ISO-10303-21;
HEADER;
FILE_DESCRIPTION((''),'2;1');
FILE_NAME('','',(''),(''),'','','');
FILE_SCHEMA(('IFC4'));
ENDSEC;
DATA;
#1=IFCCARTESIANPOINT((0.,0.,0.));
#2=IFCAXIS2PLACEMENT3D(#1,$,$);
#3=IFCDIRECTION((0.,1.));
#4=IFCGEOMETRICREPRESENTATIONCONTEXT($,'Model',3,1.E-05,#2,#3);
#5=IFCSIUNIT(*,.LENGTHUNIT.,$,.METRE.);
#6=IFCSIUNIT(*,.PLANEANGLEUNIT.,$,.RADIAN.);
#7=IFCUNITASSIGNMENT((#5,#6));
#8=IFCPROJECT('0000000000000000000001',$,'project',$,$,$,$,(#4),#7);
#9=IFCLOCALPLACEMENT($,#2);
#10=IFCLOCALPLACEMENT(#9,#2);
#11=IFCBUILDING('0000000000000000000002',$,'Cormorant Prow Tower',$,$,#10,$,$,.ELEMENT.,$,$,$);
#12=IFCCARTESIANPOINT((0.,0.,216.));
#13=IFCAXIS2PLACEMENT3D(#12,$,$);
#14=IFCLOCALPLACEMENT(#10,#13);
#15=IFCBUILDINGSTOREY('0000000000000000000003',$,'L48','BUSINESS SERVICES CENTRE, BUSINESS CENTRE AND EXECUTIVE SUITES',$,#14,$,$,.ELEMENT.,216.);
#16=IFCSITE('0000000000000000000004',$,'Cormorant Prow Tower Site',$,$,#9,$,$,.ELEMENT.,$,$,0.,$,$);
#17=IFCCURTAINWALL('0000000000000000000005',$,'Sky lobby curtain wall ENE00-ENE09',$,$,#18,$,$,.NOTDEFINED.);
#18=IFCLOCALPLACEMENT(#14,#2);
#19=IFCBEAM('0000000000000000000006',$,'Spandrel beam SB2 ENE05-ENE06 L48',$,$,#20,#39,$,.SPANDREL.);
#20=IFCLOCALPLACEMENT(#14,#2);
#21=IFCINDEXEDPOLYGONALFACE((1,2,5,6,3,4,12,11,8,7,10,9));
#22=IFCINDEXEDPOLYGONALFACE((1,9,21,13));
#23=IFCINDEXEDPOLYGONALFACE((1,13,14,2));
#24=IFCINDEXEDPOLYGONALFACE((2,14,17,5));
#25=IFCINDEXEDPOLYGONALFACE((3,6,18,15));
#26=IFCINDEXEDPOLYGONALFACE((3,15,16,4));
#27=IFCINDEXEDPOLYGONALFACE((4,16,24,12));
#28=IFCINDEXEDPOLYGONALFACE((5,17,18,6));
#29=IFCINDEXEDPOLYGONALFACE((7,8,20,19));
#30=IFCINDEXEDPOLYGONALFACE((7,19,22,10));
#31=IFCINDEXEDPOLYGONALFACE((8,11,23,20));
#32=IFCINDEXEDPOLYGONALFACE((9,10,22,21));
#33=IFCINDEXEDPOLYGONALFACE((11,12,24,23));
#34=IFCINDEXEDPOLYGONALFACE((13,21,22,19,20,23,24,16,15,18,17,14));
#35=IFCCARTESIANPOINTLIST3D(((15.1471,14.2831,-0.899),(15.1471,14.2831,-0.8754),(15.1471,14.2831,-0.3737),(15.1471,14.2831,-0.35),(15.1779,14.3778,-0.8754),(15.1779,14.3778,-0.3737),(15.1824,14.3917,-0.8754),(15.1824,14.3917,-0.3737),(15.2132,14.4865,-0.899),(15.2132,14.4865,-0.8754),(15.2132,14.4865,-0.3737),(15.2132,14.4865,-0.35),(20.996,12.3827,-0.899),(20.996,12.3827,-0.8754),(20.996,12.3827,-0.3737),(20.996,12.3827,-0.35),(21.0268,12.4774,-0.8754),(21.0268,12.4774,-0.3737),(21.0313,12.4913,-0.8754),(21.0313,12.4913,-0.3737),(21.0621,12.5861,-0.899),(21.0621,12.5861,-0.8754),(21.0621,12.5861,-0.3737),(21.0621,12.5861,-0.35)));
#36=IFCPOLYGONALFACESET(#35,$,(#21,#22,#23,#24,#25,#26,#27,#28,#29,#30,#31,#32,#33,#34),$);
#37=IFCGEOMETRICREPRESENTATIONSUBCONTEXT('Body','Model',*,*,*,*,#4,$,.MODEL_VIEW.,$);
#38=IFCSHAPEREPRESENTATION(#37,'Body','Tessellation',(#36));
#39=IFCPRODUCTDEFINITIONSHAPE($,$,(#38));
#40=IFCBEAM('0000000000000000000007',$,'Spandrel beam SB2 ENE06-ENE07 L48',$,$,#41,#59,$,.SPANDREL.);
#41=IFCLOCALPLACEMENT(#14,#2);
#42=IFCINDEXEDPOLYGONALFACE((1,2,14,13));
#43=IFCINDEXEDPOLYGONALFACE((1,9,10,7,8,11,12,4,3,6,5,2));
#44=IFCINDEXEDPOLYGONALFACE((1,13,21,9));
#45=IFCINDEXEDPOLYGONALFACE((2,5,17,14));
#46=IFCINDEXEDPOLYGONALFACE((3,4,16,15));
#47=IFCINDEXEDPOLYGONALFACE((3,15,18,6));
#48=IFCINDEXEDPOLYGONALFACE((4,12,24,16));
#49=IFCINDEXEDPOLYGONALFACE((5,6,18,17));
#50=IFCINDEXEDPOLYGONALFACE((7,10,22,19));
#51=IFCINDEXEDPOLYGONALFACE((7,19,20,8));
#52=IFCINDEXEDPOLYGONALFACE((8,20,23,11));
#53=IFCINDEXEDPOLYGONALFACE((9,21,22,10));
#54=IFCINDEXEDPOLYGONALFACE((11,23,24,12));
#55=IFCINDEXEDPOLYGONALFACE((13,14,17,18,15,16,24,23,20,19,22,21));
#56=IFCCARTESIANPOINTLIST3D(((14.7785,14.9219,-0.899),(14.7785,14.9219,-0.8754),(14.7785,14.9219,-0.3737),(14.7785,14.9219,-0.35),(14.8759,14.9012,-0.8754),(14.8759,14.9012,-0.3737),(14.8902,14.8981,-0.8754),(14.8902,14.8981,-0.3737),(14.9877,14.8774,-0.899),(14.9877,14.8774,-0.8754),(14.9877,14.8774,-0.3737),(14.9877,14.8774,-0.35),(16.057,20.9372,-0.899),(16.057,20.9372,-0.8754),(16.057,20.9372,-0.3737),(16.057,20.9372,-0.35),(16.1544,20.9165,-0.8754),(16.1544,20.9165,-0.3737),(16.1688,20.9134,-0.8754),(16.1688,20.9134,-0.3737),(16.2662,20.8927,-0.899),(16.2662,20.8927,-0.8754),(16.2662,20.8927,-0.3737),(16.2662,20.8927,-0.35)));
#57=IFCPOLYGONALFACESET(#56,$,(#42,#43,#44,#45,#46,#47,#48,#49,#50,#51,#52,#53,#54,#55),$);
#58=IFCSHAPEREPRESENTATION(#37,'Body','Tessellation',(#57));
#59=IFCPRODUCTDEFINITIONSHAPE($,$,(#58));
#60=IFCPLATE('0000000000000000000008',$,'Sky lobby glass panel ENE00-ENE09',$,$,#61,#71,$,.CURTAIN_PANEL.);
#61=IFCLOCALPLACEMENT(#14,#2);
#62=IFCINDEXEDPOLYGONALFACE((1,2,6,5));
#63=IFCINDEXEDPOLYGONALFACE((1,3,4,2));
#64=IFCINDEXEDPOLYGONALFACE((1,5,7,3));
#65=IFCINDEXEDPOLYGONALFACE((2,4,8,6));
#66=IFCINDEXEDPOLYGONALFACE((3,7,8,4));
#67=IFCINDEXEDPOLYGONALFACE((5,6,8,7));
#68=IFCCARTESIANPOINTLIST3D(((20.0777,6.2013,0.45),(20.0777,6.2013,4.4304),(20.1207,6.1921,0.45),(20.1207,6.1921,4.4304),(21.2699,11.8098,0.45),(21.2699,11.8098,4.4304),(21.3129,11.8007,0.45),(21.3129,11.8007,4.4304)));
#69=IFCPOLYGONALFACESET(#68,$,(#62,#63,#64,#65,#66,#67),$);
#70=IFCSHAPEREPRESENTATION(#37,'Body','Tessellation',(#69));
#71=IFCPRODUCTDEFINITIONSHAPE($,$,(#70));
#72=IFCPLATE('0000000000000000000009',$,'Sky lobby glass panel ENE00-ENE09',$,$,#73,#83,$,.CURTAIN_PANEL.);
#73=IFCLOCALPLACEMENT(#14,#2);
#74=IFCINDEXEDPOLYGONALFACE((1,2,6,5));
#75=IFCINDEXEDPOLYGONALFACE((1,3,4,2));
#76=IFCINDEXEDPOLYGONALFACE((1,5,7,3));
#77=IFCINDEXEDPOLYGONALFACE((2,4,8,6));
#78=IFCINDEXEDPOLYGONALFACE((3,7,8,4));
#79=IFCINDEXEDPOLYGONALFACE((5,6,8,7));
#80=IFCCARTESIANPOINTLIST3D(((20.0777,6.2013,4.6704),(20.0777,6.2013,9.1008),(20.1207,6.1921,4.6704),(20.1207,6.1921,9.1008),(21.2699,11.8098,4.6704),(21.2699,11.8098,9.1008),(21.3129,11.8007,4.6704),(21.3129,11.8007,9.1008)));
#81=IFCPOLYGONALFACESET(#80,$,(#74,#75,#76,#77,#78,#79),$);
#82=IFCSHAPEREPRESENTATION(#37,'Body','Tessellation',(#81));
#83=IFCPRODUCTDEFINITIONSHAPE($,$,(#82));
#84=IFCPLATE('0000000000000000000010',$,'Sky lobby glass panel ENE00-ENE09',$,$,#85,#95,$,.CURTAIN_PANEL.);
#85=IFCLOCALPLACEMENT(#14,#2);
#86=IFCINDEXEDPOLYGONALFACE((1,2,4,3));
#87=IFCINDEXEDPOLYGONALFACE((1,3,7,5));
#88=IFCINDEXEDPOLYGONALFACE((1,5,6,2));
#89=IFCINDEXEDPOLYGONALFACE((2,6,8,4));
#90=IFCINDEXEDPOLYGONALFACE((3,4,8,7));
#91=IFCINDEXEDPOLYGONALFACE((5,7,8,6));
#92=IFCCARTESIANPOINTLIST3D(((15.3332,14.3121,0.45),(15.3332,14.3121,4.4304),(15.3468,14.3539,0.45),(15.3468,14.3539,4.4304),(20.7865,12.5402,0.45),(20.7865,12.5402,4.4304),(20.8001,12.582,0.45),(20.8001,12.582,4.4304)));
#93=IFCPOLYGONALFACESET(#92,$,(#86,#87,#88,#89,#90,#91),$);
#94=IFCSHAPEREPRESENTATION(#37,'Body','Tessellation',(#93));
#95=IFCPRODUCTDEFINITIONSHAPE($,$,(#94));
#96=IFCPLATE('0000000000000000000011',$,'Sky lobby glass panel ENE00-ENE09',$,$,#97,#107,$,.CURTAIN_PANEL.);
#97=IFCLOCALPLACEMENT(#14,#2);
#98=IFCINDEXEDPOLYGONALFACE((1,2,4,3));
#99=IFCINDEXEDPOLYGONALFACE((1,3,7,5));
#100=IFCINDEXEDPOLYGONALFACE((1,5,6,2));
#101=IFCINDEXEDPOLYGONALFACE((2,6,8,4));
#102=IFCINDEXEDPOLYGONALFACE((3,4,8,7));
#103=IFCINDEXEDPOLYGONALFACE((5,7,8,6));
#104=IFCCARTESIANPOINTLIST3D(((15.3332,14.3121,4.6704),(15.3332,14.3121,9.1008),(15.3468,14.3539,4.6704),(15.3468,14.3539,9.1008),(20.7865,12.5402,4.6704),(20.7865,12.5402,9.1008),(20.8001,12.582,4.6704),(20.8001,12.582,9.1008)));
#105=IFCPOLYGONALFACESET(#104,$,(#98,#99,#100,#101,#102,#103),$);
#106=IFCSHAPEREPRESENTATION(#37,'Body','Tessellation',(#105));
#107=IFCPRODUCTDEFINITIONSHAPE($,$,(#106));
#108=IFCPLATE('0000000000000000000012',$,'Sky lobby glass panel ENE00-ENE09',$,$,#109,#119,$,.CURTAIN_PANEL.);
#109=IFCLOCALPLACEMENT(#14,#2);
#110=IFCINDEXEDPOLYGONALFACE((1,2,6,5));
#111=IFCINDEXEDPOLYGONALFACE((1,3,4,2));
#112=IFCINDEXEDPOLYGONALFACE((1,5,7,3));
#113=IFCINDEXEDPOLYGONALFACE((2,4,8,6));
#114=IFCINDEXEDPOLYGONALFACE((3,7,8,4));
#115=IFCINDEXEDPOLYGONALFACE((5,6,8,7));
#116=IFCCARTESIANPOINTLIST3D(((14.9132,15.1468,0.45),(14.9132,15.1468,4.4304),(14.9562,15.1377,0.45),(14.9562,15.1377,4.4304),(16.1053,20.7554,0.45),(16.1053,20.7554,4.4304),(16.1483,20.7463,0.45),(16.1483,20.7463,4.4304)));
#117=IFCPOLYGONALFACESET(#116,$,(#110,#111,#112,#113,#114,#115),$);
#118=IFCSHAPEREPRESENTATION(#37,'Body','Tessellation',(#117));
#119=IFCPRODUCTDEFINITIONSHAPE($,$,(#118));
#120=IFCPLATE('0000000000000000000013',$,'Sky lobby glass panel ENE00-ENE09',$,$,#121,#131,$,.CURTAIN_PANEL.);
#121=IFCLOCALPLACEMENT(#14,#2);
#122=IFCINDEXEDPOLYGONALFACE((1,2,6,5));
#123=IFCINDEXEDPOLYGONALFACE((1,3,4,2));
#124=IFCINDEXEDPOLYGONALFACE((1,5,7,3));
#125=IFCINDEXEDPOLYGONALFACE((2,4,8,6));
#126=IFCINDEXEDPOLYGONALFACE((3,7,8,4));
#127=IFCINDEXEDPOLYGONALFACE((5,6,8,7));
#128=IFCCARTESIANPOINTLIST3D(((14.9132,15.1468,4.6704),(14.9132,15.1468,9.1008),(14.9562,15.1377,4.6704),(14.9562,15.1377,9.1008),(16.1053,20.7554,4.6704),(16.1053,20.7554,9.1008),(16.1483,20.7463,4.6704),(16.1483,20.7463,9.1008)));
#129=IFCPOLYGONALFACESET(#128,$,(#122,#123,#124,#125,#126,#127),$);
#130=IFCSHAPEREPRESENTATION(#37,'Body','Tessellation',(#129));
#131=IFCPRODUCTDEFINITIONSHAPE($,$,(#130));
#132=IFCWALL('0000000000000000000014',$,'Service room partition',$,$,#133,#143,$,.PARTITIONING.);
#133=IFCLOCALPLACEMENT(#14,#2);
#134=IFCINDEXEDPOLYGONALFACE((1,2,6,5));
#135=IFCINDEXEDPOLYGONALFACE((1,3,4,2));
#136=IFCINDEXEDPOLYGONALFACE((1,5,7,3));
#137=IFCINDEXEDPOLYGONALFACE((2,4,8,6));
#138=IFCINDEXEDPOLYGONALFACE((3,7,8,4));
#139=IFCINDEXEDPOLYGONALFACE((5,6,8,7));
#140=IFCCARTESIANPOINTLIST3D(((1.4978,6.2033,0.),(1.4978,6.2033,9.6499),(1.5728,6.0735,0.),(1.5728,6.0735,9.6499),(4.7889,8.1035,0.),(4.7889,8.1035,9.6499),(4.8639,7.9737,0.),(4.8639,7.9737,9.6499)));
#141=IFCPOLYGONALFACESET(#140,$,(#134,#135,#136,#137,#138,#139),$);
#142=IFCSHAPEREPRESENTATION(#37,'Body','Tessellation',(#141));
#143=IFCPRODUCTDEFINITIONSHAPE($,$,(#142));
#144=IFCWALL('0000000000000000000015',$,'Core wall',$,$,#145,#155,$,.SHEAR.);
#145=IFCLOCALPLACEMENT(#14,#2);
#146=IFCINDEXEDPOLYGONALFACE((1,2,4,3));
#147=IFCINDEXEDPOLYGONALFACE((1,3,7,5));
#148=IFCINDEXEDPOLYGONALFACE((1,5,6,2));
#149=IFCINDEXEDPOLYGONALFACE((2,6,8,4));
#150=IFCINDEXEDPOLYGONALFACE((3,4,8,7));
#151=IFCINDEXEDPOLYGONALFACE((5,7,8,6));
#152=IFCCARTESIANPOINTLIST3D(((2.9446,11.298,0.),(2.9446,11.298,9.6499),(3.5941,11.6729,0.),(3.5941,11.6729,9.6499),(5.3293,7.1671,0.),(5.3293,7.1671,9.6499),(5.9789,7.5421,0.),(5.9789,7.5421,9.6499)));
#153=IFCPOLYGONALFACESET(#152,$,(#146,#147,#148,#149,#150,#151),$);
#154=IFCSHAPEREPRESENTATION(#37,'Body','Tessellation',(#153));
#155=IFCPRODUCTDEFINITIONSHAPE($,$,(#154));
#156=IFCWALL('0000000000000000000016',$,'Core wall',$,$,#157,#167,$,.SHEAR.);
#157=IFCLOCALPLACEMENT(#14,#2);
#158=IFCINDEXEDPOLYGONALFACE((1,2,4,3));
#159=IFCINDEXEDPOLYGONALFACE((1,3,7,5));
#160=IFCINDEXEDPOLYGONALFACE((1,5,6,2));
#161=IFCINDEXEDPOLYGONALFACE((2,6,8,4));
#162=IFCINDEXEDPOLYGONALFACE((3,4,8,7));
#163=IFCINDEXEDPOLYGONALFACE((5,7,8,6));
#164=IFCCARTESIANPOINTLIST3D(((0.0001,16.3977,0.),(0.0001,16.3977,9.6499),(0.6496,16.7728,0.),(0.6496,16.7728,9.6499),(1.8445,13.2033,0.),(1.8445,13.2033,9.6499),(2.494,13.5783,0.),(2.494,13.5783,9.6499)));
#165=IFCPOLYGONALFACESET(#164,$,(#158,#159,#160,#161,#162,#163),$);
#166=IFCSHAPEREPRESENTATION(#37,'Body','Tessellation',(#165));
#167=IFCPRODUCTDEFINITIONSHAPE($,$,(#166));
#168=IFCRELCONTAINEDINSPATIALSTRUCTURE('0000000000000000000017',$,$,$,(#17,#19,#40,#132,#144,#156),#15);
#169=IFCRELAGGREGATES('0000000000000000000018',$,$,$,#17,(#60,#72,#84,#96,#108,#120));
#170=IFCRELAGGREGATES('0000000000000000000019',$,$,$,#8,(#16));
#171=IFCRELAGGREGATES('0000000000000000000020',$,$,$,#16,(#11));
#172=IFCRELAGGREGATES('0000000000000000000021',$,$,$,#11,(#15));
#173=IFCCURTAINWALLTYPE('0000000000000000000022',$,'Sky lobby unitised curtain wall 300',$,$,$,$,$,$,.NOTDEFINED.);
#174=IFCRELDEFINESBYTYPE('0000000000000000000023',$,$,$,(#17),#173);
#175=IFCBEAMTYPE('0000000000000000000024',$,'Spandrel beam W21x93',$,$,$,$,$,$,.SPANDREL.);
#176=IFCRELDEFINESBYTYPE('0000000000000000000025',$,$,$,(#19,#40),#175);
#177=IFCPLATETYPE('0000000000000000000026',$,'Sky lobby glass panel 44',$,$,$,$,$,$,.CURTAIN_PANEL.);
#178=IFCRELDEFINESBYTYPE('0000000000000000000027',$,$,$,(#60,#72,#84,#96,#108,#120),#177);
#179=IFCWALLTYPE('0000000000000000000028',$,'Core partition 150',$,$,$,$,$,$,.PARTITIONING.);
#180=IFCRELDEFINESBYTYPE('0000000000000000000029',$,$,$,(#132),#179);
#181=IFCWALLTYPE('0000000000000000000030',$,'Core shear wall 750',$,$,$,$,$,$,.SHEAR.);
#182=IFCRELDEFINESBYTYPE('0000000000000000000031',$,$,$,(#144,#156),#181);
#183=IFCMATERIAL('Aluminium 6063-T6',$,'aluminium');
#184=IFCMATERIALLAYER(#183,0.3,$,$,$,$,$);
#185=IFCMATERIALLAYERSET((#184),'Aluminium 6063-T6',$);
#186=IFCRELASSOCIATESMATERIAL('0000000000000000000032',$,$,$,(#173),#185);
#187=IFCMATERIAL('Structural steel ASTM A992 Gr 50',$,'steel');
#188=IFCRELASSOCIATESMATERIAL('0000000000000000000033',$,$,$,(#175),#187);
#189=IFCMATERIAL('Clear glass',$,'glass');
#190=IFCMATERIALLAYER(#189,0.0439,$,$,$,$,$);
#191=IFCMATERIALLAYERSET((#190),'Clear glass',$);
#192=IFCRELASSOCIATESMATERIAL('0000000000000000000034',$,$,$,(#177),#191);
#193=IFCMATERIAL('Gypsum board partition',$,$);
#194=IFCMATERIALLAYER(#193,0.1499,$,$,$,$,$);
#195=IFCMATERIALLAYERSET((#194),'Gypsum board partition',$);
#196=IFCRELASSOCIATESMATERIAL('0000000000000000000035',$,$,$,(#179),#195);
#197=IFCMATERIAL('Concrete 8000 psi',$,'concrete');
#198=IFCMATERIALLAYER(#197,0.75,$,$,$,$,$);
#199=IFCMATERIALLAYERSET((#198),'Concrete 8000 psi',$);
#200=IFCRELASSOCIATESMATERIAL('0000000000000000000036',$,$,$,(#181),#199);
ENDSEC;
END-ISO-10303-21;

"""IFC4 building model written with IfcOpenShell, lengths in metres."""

from ifc_helpers import new_model, si_unit, direction, frame, frame_2d, origin, origin_2d, place, context, subcontext, project, spatial, rectangle, i_section, extrude, material, layer, layer_set, material_profile, profile_set, type_object, element, aggregate, save


model = new_model("IFC4")

# Units and contexts
model_context = context("Model", 3, precision=1e-05, world=origin(), true_north=direction((0.0, 1.0)))
body_context = subcontext(model_context, "Body", "Model", "MODEL_VIEW")
ifc_project = project(units=[si_unit("LENGTHUNIT", "METRE"), si_unit("PLANEANGLEUNIT", "RADIAN")], contexts=[model_context])

# Site, building, storey
site_placement = place(None, origin())
site = spatial("IfcSite", under=ifc_project, at=site_placement, Name="Cormorant Prow Tower Site", CompositionType="ELEMENT", RefElevation=0.0)
building_placement = place(site_placement, origin())
building = spatial("IfcBuilding", under=site, at=building_placement, Name="Cormorant Prow Tower", CompositionType="ELEMENT")
storey_placement = place(building_placement, frame((0.0, 0.0, 216.0)))
storey = spatial("IfcBuildingStorey", under=building, at=storey_placement, Name="L48", Description="BUSINESS SERVICES CENTRE, BUSINESS CENTRE AND EXECUTIVE SUITES", CompositionType="ELEMENT", Elevation=216.0)

# Curtain wall
ifc_material_1 = material(Name="Aluminium 6063-T6", Category="aluminium")
ifc_layer_1 = layer(ifc_material_1, 0.3)
ifc_layer_set_1 = layer_set([ifc_layer_1], Name="Aluminium 6063-T6")
curtain_wall_type = type_object("IfcCurtainWallType", Name="Sky lobby unitised curtain wall 300", PredefinedType="NOTDEFINED", material=ifc_layer_set_1)
curtain_wall_placement = place(storey_placement, origin())
curtain_wall = element("IfcCurtainWall", 1, at=curtain_wall_placement, inside=storey, type_object=curtain_wall_type, Name="Sky lobby curtain wall ENE00-ENE09", PredefinedType="NOTDEFINED")

# Beams
ifc_material_2 = material(Name="Structural steel ASTM A992 Gr 50", Category="steel")
ifc_material_profile_1 = material_profile(ifc_material_2, i_section(OverallWidth=0.2139, OverallDepth=0.5491, WebThickness=0.0146, FlangeThickness=0.0237, at=origin_2d()), Name="W21x93")
ifc_profile_set_1 = profile_set([ifc_material_profile_1], Name="Structural steel ASTM A992 Gr 50")
beam_type_1 = type_object("IfcBeamType", Name="Spandrel beam W21x93", PredefinedType="SPANDREL", material=ifc_profile_set_1)
beam_1_placement = place(storey_placement, frame((21.0291, 12.4844, -0.6245), z_axis=(-0.951058, 0.309013, 0.0), x_axis=(-0.309013, -0.951058, 0.0)))
element("IfcBeam", 2, at=beam_1_placement, inside=storey, type_object=beam_type_1, Name="Spandrel beam SB2 ENE05-ENE06 L48", PredefinedType="SPANDREL", context=body_context, shape_type="SweptSolid", body=[
    extrude(i_section(OverallWidth=0.2139, OverallDepth=0.5491, WebThickness=0.0146, FlangeThickness=0.0237, at=origin_2d()), origin(), (0.0, 0.0, 1.0), 6.1499),
])
beam_2_placement = place(storey_placement, frame((14.8831, 14.8997, -0.6245), z_axis=(0.207905, 0.978149, 0.0), x_axis=(-0.978149, 0.207905, 0.0)))
element("IfcBeam", 3, at=beam_2_placement, inside=storey, type_object=beam_type_1, Name="Spandrel beam SB2 ENE06-ENE07 L48", PredefinedType="SPANDREL", context=body_context, shape_type="SweptSolid", body=[
    extrude(i_section(OverallWidth=0.2139, OverallDepth=0.5491, WebThickness=0.0146, FlangeThickness=0.0237, at=origin_2d()), origin(), (0.0, 0.0, 1.0), 6.1497),
])

# Plates
ifc_material_3 = material(Name="Clear glass", Category="glass")
ifc_layer_2 = layer(ifc_material_3, 0.0439)
ifc_layer_set_2 = layer_set([ifc_layer_2], Name="Clear glass")
plate_type = type_object("IfcPlateType", Name="Sky lobby glass panel 44", PredefinedType="CURTAIN_PANEL", material=ifc_layer_set_2)
plate_1_placement = place(storey_placement, frame((20.6953, 9.001, 0.45), z_axis=(0.0, 0.0, 1.0), x_axis=(0.207912, 0.978148, 0.0)))
plate_1 = element("IfcPlate", 4, at=plate_1_placement, type_object=plate_type, Name="Sky lobby glass panel ENE00-ENE09", PredefinedType="CURTAIN_PANEL", context=body_context, shape_type="SweptSolid", body=[
    extrude(rectangle(XDim=5.7339, YDim=0.0439, at=origin_2d()), origin(), (0.0, 0.0, 1.0), 3.9805),
])
plate_2_placement = place(storey_placement, frame((20.6953, 9.001, 4.6704), z_axis=(0.0, 0.0, 1.0), x_axis=(0.207912, 0.978148, 0.0)))
plate_2 = element("IfcPlate", 5, at=plate_2_placement, type_object=plate_type, Name="Sky lobby glass panel ENE00-ENE09", PredefinedType="CURTAIN_PANEL", context=body_context, shape_type="SweptSolid", body=[
    extrude(rectangle(XDim=5.7339, YDim=0.0439, at=origin_2d()), origin(), (0.0, 0.0, 1.0), 4.4304),
])
plate_3_placement = place(storey_placement, frame((18.0667, 13.447, 0.45), z_axis=(0.0, 0.0, 1.0), x_axis=(-0.951057, 0.309017, 0.0)))
plate_3 = element("IfcPlate", 6, at=plate_3_placement, type_object=plate_type, Name="Sky lobby glass panel ENE00-ENE09", PredefinedType="CURTAIN_PANEL", context=body_context, shape_type="SweptSolid", body=[
    extrude(rectangle(XDim=5.7339, YDim=0.0439, at=origin_2d()), origin(), (0.0, 0.0, 1.0), 3.9805),
])
plate_4_placement = place(storey_placement, frame((18.0667, 13.447, 4.6704), z_axis=(0.0, 0.0, 1.0), x_axis=(-0.951057, 0.309017, 0.0)))
plate_4 = element("IfcPlate", 7, at=plate_4_placement, type_object=plate_type, Name="Sky lobby glass panel ENE00-ENE09", PredefinedType="CURTAIN_PANEL", context=body_context, shape_type="SweptSolid", body=[
    extrude(rectangle(XDim=5.7339, YDim=0.0439, at=origin_2d()), origin(), (0.0, 0.0, 1.0), 4.4304),
])
plate_5_placement = place(storey_placement, frame((15.5308, 17.9465, 0.45), z_axis=(0.0, 0.0, 1.0), x_axis=(0.207912, 0.978148, 0.0)))
plate_5 = element("IfcPlate", 8, at=plate_5_placement, type_object=plate_type, Name="Sky lobby glass panel ENE00-ENE09", PredefinedType="CURTAIN_PANEL", context=body_context, shape_type="SweptSolid", body=[
    extrude(rectangle(XDim=5.7339, YDim=0.0439, at=origin_2d()), origin(), (0.0, 0.0, 1.0), 3.9805),
])
plate_6_placement = place(storey_placement, frame((15.5308, 17.9465, 4.6704), z_axis=(0.0, 0.0, 1.0), x_axis=(0.207912, 0.978148, 0.0)))
plate_6 = element("IfcPlate", 9, at=plate_6_placement, type_object=plate_type, Name="Sky lobby glass panel ENE00-ENE09", PredefinedType="CURTAIN_PANEL", context=body_context, shape_type="SweptSolid", body=[
    extrude(rectangle(XDim=5.7339, YDim=0.0439, at=origin_2d()), origin(), (0.0, 0.0, 1.0), 4.4304),
])
aggregate(curtain_wall, [plate_1, plate_2, plate_3, plate_4, plate_5, plate_6])

# Walls
ifc_material_4 = material(Name="Gypsum board partition")
ifc_layer_3 = layer(ifc_material_4, 0.1499)
ifc_layer_set_3 = layer_set([ifc_layer_3], Name="Gypsum board partition")
wall_type_1 = type_object("IfcWallType", Name="Core partition 150", PredefinedType="PARTITIONING", material=ifc_layer_set_3)
wall_1_placement = place(storey_placement, frame((4.8264, 8.0386, 0.0), z_axis=(0.0, 0.0, 1.0), x_axis=(-0.866017, -0.500015, 0.0)))
element("IfcWall", 10, at=wall_1_placement, inside=storey, type_object=wall_type_1, Name="Service room partition", PredefinedType="PARTITIONING", context=body_context, shape_type="SweptSolid", body=[
    extrude(rectangle(XDim=3.8003, YDim=0.1499, at=frame_2d((1.9001, 0.0))), origin(), (0.0, 0.0, 1.0), 9.6499),
])
ifc_material_5 = material(Name="Concrete 8000 psi", Category="concrete")
ifc_layer_4 = layer(ifc_material_5, 0.75)
ifc_layer_set_4 = layer_set([ifc_layer_4], Name="Concrete 8000 psi")
wall_type_2 = type_object("IfcWallType", Name="Core shear wall 750", PredefinedType="SHEAR", material=ifc_layer_set_4)
wall_2_placement = place(storey_placement, frame((5.6541, 7.3547, 0.0), z_axis=(0.0, 0.0, 1.0), x_axis=(-0.499971, 0.866042, 0.0)))
element("IfcWall", 11, at=wall_2_placement, inside=storey, type_object=wall_type_2, Name="Core wall", PredefinedType="SHEAR", context=body_context, shape_type="SweptSolid", body=[
    extrude(rectangle(XDim=4.7698, YDim=0.75, at=frame_2d((2.3848, 0.0))), origin(), (0.0, 0.0, 1.0), 9.6499),
])
wall_3_placement = place(storey_placement, frame((2.1692, 13.3909, 0.0), z_axis=(0.0, 0.0, 1.0), x_axis=(-0.500018, 0.866015, 0.0)))
element("IfcWall", 12, at=wall_3_placement, inside=storey, type_object=wall_type_2, Name="Core wall", PredefinedType="SHEAR", context=body_context, shape_type="SweptSolid", body=[
    extrude(rectangle(XDim=3.6887, YDim=0.75, at=frame_2d((1.8442, 0.0))), origin(), (0.0, 0.0, 1.0), 9.6499),
])

save(model, "model.ifc")
